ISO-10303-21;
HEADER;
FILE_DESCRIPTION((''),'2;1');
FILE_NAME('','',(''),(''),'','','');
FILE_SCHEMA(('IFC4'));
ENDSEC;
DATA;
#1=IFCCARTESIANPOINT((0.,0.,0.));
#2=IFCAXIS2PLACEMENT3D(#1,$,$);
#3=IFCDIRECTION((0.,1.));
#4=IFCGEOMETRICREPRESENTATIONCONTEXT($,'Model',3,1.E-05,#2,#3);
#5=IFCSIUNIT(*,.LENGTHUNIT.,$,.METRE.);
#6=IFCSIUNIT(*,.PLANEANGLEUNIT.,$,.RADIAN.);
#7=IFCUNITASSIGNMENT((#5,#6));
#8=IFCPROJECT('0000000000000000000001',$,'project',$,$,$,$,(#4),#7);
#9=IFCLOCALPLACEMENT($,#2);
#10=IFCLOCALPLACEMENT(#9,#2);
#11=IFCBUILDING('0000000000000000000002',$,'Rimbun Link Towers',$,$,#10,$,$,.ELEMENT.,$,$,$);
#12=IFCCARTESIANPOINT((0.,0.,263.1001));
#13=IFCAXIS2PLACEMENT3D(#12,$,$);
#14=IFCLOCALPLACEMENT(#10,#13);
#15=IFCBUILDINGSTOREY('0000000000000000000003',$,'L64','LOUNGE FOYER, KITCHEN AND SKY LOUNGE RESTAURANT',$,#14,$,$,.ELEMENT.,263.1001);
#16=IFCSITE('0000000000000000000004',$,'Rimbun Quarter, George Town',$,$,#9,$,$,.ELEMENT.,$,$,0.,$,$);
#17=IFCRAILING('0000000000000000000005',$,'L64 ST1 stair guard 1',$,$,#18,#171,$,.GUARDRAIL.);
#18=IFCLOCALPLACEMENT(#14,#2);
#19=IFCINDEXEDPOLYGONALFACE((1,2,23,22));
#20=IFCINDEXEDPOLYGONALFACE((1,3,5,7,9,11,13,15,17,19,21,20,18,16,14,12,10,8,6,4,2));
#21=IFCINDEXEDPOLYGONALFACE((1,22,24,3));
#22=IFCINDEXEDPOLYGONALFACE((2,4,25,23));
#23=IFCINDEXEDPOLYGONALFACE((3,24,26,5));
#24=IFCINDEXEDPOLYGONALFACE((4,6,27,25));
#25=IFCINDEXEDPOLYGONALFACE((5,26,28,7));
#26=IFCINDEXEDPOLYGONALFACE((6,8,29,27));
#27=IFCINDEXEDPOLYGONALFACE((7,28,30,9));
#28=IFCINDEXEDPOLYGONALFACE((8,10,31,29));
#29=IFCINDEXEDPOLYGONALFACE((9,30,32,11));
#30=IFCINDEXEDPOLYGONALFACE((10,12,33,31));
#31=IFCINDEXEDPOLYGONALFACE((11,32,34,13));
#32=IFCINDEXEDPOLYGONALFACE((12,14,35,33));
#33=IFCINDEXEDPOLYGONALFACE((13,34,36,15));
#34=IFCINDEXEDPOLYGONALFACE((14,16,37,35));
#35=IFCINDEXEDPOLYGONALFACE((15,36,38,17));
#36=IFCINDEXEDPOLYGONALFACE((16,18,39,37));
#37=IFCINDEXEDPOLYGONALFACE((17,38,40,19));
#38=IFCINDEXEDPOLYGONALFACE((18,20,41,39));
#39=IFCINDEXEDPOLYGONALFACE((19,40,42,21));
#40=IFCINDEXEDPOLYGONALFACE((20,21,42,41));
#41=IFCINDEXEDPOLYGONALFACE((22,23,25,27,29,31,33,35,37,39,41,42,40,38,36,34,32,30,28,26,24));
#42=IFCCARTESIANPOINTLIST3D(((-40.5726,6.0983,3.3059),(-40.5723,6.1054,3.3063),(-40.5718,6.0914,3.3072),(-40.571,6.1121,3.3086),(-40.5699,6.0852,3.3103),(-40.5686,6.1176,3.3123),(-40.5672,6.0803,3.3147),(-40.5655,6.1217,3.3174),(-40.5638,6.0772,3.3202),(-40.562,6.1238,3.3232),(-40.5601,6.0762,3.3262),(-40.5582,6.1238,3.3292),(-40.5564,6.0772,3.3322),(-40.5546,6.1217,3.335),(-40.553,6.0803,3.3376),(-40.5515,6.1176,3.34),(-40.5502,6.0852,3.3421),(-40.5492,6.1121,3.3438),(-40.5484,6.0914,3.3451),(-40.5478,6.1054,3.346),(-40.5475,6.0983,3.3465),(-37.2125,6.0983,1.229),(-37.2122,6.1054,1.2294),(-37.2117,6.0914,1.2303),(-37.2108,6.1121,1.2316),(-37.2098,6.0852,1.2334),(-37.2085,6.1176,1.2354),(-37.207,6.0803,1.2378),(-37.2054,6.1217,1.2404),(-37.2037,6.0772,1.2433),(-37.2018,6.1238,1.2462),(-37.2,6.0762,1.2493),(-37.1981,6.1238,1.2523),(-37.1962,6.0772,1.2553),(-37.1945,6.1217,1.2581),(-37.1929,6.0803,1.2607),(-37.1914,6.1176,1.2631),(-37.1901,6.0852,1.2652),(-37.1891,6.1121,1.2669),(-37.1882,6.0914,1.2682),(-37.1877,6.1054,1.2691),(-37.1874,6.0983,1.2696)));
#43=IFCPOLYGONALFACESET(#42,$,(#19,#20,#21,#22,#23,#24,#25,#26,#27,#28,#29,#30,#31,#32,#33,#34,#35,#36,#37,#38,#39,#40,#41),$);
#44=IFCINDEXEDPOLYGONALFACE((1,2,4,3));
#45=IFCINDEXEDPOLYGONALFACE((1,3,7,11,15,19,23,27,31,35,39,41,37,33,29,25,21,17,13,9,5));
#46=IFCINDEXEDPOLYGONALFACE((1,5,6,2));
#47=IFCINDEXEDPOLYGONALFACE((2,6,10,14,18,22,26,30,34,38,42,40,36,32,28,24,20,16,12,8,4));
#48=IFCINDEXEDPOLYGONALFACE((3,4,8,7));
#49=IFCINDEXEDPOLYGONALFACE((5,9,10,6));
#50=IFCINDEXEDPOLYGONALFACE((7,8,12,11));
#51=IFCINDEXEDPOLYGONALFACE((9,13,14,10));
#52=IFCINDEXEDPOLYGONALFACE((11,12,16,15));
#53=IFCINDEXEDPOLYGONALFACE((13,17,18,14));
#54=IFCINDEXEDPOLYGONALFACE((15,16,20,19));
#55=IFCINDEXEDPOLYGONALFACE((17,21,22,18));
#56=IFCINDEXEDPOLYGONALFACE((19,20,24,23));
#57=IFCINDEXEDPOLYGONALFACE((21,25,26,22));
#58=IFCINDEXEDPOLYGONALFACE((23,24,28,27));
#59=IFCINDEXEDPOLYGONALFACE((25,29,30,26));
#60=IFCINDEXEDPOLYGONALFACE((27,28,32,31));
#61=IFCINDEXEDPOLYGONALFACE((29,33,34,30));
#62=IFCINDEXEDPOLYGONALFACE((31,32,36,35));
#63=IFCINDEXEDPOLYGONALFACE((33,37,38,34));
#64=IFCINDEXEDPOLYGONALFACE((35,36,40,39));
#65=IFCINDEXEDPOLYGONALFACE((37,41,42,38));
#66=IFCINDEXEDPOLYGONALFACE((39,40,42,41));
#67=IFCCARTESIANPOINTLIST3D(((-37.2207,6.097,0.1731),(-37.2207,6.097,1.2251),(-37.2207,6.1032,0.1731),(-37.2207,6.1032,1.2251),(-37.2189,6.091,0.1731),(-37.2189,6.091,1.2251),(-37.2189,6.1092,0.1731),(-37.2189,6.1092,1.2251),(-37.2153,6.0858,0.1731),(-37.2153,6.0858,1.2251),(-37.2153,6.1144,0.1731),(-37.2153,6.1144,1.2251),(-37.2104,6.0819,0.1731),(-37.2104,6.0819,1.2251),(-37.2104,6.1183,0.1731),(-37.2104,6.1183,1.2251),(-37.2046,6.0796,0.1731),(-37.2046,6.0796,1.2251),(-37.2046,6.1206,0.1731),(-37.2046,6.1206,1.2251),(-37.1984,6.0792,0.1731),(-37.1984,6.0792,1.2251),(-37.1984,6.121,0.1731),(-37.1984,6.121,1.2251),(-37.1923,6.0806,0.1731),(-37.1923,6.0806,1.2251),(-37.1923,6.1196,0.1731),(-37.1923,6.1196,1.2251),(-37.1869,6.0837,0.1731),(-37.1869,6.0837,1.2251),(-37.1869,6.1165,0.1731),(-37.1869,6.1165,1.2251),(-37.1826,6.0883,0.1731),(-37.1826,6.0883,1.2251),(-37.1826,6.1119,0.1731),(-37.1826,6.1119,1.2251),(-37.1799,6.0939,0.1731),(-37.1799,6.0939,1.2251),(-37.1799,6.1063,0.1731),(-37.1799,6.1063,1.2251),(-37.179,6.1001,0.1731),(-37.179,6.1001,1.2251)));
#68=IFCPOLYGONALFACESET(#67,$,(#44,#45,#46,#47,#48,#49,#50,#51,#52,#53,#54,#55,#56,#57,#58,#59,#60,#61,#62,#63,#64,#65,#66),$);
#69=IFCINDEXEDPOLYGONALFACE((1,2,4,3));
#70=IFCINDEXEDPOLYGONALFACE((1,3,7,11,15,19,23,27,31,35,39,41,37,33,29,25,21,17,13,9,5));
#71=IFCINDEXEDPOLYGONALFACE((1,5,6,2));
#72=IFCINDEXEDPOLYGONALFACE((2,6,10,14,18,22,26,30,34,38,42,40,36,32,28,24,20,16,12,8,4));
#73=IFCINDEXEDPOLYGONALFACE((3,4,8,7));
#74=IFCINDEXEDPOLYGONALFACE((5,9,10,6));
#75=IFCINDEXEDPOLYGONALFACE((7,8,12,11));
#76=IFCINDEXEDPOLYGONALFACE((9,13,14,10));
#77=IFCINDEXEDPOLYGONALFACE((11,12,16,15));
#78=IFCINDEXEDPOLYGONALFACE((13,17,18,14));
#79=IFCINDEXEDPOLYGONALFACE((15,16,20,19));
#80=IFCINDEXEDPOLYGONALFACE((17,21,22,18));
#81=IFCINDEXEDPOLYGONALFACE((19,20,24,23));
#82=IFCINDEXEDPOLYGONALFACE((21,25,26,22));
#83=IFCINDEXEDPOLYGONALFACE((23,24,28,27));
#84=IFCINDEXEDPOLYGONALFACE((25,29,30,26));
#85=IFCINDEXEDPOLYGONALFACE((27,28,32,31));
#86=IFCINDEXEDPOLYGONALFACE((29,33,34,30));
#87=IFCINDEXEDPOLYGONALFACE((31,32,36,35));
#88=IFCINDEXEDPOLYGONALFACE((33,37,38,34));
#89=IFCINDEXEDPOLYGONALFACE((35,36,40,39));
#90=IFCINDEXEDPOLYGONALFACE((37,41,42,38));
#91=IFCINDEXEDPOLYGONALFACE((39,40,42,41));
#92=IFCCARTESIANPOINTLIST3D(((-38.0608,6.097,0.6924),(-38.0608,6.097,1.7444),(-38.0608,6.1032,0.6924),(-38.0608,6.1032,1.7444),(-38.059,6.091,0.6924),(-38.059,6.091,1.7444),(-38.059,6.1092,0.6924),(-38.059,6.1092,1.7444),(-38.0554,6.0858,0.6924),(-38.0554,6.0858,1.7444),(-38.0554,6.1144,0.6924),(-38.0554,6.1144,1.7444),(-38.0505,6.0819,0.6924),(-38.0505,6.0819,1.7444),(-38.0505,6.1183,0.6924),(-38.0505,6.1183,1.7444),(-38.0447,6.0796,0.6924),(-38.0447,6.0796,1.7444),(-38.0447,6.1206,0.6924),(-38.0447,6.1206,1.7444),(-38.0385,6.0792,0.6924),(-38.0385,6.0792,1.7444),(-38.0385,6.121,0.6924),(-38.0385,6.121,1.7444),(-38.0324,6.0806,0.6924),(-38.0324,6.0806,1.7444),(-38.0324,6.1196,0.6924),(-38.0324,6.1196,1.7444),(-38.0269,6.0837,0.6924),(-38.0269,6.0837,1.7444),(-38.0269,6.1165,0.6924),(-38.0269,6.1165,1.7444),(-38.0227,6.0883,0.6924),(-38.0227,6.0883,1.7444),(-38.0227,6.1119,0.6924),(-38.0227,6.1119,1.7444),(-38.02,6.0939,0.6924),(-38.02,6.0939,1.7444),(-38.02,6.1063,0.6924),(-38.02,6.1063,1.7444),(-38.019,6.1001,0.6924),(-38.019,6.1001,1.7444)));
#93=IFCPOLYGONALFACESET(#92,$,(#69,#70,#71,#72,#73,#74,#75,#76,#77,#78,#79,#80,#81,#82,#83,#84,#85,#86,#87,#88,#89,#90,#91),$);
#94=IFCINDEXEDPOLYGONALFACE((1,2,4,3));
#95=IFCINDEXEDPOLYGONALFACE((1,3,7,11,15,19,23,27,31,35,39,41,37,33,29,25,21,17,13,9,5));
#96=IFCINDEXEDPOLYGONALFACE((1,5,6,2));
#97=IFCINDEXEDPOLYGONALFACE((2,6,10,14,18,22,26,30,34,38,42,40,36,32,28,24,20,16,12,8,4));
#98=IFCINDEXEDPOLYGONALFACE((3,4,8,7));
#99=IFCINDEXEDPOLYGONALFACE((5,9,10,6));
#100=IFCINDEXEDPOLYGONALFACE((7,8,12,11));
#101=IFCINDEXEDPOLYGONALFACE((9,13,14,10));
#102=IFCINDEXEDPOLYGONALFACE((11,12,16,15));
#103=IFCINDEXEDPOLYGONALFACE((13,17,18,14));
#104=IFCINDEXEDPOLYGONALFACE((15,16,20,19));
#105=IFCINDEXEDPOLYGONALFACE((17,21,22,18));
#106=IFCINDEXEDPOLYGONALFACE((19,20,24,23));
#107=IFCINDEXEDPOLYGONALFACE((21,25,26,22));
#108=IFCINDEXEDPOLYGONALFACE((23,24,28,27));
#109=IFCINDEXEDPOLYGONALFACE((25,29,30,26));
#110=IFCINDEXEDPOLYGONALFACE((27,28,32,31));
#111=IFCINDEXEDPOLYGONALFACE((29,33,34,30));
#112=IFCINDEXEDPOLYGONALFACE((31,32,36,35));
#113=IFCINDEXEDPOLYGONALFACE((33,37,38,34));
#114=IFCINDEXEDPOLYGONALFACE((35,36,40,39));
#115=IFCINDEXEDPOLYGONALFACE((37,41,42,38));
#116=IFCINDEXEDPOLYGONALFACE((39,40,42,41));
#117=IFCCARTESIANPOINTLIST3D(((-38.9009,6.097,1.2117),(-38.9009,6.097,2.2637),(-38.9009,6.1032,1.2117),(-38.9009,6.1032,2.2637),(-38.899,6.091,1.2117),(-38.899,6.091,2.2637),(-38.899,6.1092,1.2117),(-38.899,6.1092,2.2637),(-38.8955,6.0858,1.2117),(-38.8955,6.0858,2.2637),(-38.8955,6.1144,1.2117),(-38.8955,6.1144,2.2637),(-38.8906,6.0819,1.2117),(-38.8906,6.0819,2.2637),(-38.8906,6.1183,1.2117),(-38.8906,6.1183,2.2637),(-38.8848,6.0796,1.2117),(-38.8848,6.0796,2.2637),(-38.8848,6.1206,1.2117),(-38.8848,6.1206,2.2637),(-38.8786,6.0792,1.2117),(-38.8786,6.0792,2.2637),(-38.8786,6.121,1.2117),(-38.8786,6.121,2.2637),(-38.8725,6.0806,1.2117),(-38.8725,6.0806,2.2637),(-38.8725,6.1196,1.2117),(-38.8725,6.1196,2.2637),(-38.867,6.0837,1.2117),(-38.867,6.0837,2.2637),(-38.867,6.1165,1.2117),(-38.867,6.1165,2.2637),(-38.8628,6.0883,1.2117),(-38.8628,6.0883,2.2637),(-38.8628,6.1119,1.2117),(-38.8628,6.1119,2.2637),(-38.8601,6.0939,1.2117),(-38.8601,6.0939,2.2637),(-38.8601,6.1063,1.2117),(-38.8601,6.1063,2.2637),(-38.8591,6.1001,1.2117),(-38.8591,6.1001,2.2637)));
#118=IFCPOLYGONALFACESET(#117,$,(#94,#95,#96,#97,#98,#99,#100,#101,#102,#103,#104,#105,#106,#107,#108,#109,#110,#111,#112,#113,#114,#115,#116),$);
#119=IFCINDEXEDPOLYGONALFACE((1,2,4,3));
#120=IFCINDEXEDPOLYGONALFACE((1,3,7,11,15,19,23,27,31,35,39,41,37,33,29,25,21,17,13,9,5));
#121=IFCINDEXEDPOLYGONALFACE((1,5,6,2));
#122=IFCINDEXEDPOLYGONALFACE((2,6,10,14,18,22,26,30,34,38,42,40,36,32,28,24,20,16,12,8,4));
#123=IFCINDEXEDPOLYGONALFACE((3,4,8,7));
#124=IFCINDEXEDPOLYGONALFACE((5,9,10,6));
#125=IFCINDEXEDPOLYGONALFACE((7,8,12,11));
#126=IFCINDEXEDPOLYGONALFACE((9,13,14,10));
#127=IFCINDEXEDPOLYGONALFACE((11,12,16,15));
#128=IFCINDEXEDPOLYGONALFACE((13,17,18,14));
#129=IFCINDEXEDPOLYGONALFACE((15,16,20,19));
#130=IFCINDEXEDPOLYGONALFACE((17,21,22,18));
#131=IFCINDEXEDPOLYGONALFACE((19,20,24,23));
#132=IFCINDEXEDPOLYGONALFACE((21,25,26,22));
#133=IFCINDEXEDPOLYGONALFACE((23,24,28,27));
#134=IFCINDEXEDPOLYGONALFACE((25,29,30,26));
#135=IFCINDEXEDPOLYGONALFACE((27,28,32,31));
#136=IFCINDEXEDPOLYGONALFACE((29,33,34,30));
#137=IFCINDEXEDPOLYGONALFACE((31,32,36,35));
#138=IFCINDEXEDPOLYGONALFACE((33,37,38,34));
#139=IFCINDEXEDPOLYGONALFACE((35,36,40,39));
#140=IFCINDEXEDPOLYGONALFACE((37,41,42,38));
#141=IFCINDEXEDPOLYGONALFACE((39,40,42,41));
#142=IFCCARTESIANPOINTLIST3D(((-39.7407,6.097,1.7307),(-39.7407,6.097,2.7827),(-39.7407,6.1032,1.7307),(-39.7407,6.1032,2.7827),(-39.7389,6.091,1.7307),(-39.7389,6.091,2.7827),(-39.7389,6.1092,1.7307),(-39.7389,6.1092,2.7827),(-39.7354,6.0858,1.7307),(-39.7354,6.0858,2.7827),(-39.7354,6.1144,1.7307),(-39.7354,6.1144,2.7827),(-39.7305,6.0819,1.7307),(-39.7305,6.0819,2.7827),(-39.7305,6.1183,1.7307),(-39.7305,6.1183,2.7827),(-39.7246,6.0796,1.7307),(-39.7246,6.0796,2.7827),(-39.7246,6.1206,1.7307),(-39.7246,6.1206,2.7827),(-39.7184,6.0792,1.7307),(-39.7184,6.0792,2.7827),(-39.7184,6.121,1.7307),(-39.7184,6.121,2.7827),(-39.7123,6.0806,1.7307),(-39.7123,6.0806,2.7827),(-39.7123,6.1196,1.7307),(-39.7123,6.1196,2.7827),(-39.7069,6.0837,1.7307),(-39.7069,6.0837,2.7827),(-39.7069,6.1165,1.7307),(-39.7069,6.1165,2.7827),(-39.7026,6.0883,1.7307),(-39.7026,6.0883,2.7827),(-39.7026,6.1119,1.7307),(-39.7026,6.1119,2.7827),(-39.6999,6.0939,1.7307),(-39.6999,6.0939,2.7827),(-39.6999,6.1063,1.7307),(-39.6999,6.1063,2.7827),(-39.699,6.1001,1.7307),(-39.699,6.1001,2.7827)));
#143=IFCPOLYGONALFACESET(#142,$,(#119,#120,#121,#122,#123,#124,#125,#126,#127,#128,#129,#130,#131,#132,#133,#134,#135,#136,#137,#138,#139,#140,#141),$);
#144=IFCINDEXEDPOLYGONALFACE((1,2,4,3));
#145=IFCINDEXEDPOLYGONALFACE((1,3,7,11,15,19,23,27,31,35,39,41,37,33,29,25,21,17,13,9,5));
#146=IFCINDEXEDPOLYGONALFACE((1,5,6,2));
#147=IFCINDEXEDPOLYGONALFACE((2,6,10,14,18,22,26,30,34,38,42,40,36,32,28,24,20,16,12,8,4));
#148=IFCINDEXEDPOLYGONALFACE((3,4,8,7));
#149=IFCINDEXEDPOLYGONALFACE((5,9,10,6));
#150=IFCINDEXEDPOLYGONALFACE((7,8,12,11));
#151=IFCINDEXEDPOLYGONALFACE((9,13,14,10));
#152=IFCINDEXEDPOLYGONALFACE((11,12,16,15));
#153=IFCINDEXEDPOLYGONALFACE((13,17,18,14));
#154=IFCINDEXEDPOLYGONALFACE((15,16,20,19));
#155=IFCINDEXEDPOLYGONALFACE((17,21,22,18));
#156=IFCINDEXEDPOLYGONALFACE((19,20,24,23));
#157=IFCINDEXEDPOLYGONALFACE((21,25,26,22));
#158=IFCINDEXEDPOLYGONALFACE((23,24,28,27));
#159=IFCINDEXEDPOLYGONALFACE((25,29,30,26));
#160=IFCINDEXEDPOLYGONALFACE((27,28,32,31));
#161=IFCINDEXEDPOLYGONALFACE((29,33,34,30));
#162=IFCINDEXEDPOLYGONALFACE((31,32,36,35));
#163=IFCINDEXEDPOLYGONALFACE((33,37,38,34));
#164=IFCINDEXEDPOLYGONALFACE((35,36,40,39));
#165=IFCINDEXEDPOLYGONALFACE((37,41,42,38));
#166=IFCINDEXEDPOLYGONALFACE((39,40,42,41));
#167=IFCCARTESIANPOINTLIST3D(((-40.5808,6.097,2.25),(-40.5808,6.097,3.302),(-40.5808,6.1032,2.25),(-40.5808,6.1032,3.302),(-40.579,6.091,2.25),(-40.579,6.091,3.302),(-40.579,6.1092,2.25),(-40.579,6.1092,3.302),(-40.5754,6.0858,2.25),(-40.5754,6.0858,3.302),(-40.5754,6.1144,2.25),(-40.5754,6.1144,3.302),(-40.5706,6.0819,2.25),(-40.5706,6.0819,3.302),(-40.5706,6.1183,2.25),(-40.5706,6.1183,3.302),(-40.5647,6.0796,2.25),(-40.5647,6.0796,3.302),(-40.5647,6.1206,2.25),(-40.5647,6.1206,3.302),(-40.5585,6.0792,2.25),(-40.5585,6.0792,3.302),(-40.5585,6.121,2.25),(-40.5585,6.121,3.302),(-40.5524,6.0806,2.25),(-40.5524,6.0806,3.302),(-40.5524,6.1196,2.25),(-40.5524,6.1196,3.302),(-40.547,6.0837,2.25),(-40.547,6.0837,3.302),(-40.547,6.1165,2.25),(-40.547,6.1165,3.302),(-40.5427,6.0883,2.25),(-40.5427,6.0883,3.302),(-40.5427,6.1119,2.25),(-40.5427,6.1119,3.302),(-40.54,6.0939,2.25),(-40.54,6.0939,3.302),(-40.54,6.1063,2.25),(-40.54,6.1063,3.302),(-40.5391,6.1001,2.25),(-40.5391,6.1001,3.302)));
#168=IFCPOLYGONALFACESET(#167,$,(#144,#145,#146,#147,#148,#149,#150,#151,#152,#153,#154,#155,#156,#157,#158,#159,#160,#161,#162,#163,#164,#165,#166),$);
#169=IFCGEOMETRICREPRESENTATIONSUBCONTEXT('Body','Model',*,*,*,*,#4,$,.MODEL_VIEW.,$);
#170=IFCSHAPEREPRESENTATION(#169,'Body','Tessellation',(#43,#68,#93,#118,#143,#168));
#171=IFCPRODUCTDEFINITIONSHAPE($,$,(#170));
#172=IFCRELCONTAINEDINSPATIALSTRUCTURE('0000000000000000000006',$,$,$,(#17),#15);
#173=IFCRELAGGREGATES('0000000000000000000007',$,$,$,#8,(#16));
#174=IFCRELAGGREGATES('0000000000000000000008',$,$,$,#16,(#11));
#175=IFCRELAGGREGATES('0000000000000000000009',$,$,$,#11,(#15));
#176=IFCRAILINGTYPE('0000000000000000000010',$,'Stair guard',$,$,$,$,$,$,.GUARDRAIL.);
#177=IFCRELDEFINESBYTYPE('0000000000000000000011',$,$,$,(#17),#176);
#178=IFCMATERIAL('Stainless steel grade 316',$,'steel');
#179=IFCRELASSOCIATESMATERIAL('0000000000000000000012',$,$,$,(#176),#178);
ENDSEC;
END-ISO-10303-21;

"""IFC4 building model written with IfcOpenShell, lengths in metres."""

from ifc_helpers import new_model, si_unit, direction, frame, origin, origin_2d, place, context, subcontext, project, spatial, circle, extrude, material, type_object, element, save


model = new_model("IFC4")

# Units and contexts
model_context = context("Model", 3, precision=1e-05, world=origin(), true_north=direction((0.0, 1.0)))
body_context = subcontext(model_context, "Body", "Model", "MODEL_VIEW")
ifc_project = project(units=[si_unit("LENGTHUNIT", "METRE"), si_unit("PLANEANGLEUNIT", "RADIAN")], contexts=[model_context])

# Site, building, storey
site_placement = place(None, origin())
site = spatial("IfcSite", under=ifc_project, at=site_placement, Name="Rimbun Quarter, George Town", CompositionType="ELEMENT", RefElevation=0.0)
building_placement = place(site_placement, origin())
building = spatial("IfcBuilding", under=site, at=building_placement, Name="Rimbun Link Towers", CompositionType="ELEMENT")
storey_placement = place(building_placement, frame((0.0, 0.0, 263.1001)))
storey = spatial("IfcBuildingStorey", under=building, at=storey_placement, Name="L64", Description="LOUNGE FOYER, KITCHEN AND SKY LOUNGE RESTAURANT", CompositionType="ELEMENT", Elevation=263.1001)

# Railing
ifc_material_1 = material(Name="Stainless steel grade 316", Category="steel")
railing_type_1 = type_object("IfcRailingType", Name="Stair guard", PredefinedType="GUARDRAIL", material=ifc_material_1)
railing_1_placement = place(storey_placement, frame((-37.2, 6.1001, 0.1731)))
element("IfcRailing", 1, at=railing_1_placement, inside=storey, type_object=railing_type_1, Name="L64 ST1 stair guard 1", PredefinedType="GUARDRAIL", context=body_context, shape_type="SweptSolid", body=[
    extrude(circle(Radius=0.0239, at=origin_2d()), frame((0.0, 0.0, 1.0762), z_axis=(-0.850623, 0.0, 0.525776), x_axis=(0.0, -1.0, 0.0)), (0.0, 0.0, 1.0), 3.9502),
    extrude(circle(Radius=0.021, at=origin_2d()), origin(), (0.0, 0.0, 1.0), 1.052),
    extrude(circle(Radius=0.021, at=origin_2d()), frame((-0.8401, 0.0, 0.5193)), (0.0, 0.0, 1.0), 1.052),
    extrude(circle(Radius=0.021, at=origin_2d()), frame((-1.6802, 0.0, 1.0386)), (0.0, 0.0, 1.0), 1.052),
    extrude(circle(Radius=0.021, at=origin_2d()), frame((-2.52, 0.0, 1.5576)), (0.0, 0.0, 1.0), 1.052),
    extrude(circle(Radius=0.021, at=origin_2d()), frame((-3.3601, 0.0, 2.0769)), (0.0, 0.0, 1.0), 1.052),
])

save(model, "model.ifc")
